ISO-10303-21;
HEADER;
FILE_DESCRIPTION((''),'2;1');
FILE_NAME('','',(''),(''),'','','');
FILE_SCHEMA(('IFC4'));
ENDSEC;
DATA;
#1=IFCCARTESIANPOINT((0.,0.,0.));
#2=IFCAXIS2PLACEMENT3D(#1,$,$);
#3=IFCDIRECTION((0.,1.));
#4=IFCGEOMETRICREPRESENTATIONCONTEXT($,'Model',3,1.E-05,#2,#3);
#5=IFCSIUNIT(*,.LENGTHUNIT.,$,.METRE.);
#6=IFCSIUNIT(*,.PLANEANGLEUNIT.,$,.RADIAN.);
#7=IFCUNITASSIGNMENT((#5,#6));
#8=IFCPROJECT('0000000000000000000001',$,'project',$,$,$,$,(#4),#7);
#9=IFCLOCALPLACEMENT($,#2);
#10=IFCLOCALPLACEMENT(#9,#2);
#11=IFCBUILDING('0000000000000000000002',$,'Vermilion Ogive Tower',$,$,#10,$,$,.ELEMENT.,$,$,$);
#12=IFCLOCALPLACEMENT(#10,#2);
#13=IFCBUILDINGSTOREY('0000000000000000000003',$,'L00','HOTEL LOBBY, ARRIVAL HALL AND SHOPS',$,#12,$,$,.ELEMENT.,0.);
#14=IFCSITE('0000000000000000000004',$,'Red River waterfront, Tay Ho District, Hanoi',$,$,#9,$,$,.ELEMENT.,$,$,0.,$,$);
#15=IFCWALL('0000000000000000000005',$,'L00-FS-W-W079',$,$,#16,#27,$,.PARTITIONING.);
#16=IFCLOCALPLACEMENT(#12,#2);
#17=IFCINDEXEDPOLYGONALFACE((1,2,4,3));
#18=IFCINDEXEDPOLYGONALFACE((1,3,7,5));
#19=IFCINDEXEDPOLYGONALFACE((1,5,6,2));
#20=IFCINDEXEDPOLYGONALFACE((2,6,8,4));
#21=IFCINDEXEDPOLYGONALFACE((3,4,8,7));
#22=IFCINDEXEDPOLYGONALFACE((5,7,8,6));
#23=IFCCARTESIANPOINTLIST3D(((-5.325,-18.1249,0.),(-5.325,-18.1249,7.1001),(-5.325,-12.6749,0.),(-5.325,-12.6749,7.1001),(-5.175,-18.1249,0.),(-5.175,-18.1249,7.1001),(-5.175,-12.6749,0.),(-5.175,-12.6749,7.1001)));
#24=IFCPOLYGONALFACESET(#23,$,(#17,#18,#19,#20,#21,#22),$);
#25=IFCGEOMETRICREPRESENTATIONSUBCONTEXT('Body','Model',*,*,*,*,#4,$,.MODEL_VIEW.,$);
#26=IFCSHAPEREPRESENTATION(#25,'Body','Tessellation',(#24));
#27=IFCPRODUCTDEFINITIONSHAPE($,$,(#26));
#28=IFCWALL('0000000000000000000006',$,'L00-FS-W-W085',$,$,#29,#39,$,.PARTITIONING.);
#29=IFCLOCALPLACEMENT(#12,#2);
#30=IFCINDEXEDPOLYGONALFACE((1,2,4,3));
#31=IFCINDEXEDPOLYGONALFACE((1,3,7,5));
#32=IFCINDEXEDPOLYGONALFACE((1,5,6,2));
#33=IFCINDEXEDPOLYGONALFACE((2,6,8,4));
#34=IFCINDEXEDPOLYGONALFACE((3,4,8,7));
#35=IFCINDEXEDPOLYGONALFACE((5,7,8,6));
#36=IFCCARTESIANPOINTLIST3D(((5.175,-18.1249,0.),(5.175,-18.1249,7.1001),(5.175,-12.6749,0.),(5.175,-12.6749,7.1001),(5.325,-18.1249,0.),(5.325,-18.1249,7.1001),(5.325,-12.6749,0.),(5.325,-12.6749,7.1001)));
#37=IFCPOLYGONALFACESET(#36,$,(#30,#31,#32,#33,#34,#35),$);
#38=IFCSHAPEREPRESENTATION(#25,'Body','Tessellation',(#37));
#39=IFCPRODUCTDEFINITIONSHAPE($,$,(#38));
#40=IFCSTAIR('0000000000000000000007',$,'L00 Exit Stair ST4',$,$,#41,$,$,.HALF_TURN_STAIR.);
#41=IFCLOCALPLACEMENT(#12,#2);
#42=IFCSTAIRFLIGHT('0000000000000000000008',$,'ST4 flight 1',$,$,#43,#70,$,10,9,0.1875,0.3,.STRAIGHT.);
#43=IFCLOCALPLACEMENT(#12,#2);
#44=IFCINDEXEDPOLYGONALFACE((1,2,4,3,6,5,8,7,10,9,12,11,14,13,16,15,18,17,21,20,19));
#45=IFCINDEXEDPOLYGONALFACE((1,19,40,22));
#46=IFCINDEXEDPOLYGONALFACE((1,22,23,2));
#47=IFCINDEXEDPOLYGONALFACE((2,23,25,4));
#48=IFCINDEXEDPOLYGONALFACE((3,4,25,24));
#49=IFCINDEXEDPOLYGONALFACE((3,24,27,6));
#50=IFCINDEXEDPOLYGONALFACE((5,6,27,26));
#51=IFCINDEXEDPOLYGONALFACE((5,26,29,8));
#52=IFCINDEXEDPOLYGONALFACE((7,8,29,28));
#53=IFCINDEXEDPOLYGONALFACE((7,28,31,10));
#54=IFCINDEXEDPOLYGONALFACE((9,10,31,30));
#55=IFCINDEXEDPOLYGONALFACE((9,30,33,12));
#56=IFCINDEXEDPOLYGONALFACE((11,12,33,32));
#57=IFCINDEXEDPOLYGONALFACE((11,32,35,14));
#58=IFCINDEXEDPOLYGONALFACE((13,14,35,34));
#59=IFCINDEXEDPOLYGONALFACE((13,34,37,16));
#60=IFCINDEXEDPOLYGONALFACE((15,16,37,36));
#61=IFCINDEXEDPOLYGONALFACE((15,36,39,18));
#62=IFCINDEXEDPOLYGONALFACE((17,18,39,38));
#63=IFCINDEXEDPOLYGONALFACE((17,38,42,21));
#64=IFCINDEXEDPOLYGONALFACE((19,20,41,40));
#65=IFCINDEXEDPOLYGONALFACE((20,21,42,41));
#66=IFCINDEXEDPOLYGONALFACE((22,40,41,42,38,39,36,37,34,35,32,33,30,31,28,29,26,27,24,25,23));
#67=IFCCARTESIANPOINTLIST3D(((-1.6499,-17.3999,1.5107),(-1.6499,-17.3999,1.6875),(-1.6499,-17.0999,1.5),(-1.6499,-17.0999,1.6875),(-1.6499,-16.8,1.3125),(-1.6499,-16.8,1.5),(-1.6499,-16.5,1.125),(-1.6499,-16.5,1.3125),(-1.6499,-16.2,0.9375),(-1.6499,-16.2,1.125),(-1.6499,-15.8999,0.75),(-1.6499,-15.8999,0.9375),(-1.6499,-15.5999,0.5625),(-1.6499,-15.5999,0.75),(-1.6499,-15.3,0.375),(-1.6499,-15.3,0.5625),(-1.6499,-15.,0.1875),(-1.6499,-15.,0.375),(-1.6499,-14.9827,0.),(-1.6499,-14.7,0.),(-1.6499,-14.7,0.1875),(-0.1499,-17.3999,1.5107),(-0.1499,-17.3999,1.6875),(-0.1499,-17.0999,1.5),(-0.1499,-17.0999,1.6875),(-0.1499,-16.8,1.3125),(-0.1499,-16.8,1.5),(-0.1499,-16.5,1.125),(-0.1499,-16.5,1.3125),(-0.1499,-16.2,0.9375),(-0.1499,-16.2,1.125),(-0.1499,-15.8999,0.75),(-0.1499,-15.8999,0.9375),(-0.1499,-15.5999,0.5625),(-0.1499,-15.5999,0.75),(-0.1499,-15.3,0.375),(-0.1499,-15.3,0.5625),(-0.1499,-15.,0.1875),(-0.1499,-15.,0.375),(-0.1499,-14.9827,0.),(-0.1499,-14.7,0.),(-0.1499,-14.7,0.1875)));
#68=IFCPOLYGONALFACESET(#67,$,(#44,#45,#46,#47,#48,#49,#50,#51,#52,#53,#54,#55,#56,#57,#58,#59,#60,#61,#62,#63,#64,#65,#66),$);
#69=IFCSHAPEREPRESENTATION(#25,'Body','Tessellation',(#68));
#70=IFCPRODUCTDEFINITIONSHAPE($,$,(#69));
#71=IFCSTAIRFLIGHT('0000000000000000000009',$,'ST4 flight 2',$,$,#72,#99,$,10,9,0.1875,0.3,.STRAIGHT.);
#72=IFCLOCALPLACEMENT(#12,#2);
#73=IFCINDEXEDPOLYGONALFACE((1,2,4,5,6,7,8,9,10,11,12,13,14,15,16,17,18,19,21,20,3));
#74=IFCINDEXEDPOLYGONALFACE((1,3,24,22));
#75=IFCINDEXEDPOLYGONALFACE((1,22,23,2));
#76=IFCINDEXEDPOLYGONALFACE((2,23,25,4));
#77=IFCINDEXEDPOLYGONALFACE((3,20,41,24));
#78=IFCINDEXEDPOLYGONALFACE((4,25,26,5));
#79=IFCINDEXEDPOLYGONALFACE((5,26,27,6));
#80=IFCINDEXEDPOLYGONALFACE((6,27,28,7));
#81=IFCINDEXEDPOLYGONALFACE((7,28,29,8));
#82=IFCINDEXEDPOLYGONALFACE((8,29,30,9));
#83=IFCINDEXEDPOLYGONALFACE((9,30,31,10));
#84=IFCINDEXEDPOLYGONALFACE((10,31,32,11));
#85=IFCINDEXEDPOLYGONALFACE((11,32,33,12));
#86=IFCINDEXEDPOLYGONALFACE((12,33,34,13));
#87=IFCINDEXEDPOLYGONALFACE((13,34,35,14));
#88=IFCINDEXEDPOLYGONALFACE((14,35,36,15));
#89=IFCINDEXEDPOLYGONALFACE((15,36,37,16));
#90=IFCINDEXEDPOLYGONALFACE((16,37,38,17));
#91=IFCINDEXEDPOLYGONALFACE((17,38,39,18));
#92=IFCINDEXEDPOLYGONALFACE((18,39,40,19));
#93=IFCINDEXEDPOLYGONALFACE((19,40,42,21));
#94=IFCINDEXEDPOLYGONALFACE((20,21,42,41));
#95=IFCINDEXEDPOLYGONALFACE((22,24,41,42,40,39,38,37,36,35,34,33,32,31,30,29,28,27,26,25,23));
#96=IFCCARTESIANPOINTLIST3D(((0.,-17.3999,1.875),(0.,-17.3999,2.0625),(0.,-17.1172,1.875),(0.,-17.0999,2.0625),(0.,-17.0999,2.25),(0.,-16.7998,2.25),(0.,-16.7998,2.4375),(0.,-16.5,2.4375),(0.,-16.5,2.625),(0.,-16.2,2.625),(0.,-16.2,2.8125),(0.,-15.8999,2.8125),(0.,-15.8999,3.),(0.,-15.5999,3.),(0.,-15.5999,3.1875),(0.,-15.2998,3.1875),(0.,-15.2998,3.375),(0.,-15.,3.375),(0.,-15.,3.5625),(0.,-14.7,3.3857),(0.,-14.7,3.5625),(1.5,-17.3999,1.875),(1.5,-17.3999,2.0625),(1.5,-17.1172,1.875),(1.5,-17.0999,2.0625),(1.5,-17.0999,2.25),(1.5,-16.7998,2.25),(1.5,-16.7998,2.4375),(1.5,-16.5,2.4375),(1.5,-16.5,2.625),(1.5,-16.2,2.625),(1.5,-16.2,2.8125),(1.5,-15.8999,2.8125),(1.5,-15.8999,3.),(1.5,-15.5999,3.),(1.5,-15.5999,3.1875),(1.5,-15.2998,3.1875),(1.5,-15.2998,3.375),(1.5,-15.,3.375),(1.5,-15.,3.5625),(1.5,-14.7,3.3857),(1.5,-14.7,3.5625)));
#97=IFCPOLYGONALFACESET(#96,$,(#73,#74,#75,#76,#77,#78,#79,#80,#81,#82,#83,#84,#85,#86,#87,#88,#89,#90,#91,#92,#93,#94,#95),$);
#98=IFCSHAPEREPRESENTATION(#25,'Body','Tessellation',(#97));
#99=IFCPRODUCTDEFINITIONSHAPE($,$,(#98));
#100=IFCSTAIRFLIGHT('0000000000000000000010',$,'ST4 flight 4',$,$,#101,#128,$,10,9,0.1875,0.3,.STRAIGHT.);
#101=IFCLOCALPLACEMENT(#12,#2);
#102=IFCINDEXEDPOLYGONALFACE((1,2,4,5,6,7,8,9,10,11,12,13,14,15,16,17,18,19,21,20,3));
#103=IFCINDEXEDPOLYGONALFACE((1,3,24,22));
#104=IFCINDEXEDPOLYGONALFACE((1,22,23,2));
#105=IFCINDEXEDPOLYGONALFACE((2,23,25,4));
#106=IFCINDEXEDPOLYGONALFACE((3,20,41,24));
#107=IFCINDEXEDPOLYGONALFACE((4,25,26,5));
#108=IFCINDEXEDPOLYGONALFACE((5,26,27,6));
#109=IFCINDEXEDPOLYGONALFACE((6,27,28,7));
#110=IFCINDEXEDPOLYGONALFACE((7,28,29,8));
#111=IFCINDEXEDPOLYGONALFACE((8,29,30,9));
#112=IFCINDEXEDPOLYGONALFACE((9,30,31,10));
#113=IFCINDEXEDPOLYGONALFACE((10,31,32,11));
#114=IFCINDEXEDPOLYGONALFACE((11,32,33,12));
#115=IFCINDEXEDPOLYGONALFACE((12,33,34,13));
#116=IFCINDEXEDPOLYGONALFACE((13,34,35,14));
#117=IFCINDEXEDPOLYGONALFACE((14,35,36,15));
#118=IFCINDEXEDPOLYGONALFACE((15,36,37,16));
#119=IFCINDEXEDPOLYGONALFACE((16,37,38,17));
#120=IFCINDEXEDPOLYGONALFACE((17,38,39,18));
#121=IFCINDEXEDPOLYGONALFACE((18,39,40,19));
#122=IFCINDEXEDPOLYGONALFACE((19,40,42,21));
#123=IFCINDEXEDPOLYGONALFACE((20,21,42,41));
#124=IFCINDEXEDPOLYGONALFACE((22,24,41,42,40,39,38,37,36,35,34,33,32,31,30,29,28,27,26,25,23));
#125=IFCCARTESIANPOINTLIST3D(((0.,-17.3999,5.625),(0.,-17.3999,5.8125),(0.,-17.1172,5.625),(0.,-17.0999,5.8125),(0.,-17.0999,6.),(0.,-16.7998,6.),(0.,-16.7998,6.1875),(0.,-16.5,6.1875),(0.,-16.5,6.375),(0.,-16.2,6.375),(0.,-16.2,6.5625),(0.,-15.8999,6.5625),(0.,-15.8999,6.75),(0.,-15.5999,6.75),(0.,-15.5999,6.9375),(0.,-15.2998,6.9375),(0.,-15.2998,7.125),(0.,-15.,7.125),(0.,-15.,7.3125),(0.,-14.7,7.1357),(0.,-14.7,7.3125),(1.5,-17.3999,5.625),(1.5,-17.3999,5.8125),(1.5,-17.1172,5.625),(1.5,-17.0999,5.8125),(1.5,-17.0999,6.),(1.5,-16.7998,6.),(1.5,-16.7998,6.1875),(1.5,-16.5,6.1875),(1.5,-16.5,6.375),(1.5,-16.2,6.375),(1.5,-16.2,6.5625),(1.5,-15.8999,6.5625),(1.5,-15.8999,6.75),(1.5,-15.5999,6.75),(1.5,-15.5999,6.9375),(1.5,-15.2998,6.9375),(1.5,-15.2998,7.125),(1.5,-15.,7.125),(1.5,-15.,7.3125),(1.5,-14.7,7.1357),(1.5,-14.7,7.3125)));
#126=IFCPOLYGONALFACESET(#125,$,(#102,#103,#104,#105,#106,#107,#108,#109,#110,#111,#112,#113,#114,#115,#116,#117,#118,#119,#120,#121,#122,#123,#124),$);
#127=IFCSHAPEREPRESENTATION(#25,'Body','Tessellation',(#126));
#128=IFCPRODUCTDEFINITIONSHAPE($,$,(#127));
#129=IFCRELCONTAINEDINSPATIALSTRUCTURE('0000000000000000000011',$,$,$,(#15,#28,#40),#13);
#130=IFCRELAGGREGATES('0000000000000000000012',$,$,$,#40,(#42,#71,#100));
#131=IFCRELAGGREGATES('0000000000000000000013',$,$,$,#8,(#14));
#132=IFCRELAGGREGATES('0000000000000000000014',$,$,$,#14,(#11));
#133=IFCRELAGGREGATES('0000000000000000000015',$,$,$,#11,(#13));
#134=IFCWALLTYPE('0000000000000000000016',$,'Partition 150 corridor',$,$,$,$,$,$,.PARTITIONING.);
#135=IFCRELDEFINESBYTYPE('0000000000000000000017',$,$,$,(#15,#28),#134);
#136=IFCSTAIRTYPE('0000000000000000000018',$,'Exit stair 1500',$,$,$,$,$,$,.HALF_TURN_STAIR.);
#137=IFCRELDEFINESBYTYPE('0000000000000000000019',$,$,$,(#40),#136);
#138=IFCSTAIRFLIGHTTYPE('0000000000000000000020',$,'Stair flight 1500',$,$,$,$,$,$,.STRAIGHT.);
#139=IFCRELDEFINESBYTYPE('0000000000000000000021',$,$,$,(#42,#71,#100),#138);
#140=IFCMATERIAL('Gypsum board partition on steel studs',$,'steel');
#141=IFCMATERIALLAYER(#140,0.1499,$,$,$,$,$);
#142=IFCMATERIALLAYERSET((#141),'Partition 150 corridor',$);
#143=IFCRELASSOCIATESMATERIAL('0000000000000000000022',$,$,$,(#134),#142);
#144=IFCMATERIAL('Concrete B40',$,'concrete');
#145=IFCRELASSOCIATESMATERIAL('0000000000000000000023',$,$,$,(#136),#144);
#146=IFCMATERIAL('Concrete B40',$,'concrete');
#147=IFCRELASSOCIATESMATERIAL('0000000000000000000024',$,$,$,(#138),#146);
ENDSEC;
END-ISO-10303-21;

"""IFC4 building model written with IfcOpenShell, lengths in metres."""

from ifc_helpers import new_model, si_unit, direction, frame, frame_2d, origin, place, context, subcontext, project, spatial, polyline, rectangle, outline, extrude, material, layer, layer_set, type_object, element, aggregate, save


model = new_model("IFC4")

# Units and contexts
model_context = context("Model", 3, precision=1e-05, world=origin(), true_north=direction((0.0, 1.0)))
body_context = subcontext(model_context, "Body", "Model", "MODEL_VIEW")
ifc_project = project(units=[si_unit("LENGTHUNIT", "METRE"), si_unit("PLANEANGLEUNIT", "RADIAN")], contexts=[model_context])

# Site, building, storey
site_placement = place(None, origin())
site = spatial("IfcSite", under=ifc_project, at=site_placement, Name="Red River waterfront, Tay Ho District, Hanoi", CompositionType="ELEMENT", RefElevation=0.0)
building_placement = place(site_placement, origin())
building = spatial("IfcBuilding", under=site, at=building_placement, Name="Vermilion Ogive Tower", CompositionType="ELEMENT")
storey_placement = place(building_placement, origin())
storey = spatial("IfcBuildingStorey", under=building, at=storey_placement, Name="L00", Description="HOTEL LOBBY, ARRIVAL HALL AND SHOPS", CompositionType="ELEMENT", Elevation=0.0)

# Walls
ifc_material_1 = material(Name="Gypsum board partition on steel studs", Category="steel")
ifc_layer = layer(ifc_material_1, 0.1499)
ifc_layer_set = layer_set([ifc_layer], Name="Partition 150 corridor")
wall_type = type_object("IfcWallType", Name="Partition 150 corridor", PredefinedType="PARTITIONING", material=ifc_layer_set)
for number, where, z_axis, x_axis, name in (
    (1, (-5.25, -18.125, 0.0), (0.0, 0.0, 1.0), (0.0, 1.0, 0.0), "L00-FS-W-W079"),
    (2, (5.25, -18.125, 0.0), (0.0, 0.0, 1.0), (0.0, 1.0, 0.0), "L00-FS-W-W085"),
):
    element("IfcWall", number, at=place(storey_placement, frame(where, z_axis=z_axis, x_axis=x_axis)), inside=storey, type_object=wall_type, Name=name, PredefinedType="PARTITIONING", context=body_context, shape_type="SweptSolid", body=[
        extrude(rectangle(XDim=5.45, YDim=0.1499, at=frame_2d((2.7251, 0.0))), origin(), (0.0, 0.0, 1.0), 7.1001),
    ])

# Stair, stair flights
ifc_material_2 = material(Name="Concrete B40", Category="concrete")
stair_type = type_object("IfcStairType", Name="Exit stair 1500", PredefinedType="HALF_TURN_STAIR", material=ifc_material_2)
stair_placement = place(storey_placement, origin())
stair = element("IfcStair", 3, at=stair_placement, inside=storey, type_object=stair_type, Name="L00 Exit Stair ST4", PredefinedType="HALF_TURN_STAIR")
ifc_material_3 = material(Name="Concrete B40", Category="concrete")
stair_flight_type = type_object("IfcStairFlightType", Name="Stair flight 1500", PredefinedType="STRAIGHT", material=ifc_material_3)
stair_flight_1_placement = place(storey_placement, frame((-0.8999, -14.7, 0.0), z_axis=(0.0, 0.0, 1.0), x_axis=(0.0, -1.0, 0.0)))
stair_flight_1 = element("IfcStairFlight", 4, at=stair_flight_1_placement, type_object=stair_flight_type, Name="ST4 flight 1", NumberOfRisers=10, NumberOfTreads=9, PredefinedType="STRAIGHT", RiserHeight=0.1875, TreadLength=0.3, context=body_context, shape_type="SweptSolid", body=[
    extrude(outline(polyline([(0.0, 0.0), (0.0, 0.1875), (0.3, 0.1875), (0.3, 0.375), (0.6001, 0.375), (0.6001, 0.5625), (0.8999, 0.5625), (0.8999, 0.75), (1.2, 0.75), (1.2, 0.9375), (1.5, 0.9375), (1.5, 1.125), (1.8, 1.125), (1.8, 1.3125), (2.1001, 1.3125), (2.1001, 1.5), (2.3999, 1.5), (2.3999, 1.6875), (2.7, 1.6875), (2.7, 1.875), (2.7, 1.5107), (0.2827, 0.0), (0.0, 0.0)])), frame((0.0, 0.75, 0.0), z_axis=(0.0, -1.0, 0.0), x_axis=(1.0, 0.0, 0.0)), (0.0, 0.0, 1.0), 1.5),
])
stair_flight_2_placement = place(storey_placement, frame((0.75, -17.3999, 1.875), z_axis=(0.0, 0.0, 1.0), x_axis=(0.0, 1.0, 0.0)))
stair_flight_2 = element("IfcStairFlight", 5, at=stair_flight_2_placement, type_object=stair_flight_type, Name="ST4 flight 2", NumberOfRisers=10, NumberOfTreads=9, PredefinedType="STRAIGHT", RiserHeight=0.1875, TreadLength=0.3, context=body_context, shape_type="SweptSolid", body=[
    extrude(outline(polyline([(0.0, 0.0), (0.0, 0.1875), (0.3, 0.1875), (0.3, 0.375), (0.6001, 0.375), (0.6001, 0.5625), (0.8999, 0.5625), (0.8999, 0.75), (1.2, 0.75), (1.2, 0.9375), (1.5, 0.9375), (1.5, 1.125), (1.8, 1.125), (1.8, 1.3125), (2.1001, 1.3125), (2.1001, 1.5), (2.3999, 1.5), (2.3999, 1.6875), (2.7, 1.6875), (2.7, 1.875), (2.7, 1.5107), (0.2827, 0.0), (0.0, 0.0)])), frame((0.0, 0.75, 0.0), z_axis=(0.0, -1.0, 0.0), x_axis=(1.0, 0.0, 0.0)), (0.0, 0.0, 1.0), 1.5),
])
stair_flight_3_placement = place(storey_placement, frame((0.75, -17.3999, 5.625), z_axis=(0.0, 0.0, 1.0), x_axis=(0.0, 1.0, 0.0)))
stair_flight_3 = element("IfcStairFlight", 6, at=stair_flight_3_placement, type_object=stair_flight_type, Name="ST4 flight 4", NumberOfRisers=10, NumberOfTreads=9, PredefinedType="STRAIGHT", RiserHeight=0.1875, TreadLength=0.3, context=body_context, shape_type="SweptSolid", body=[
    extrude(outline(polyline([(0.0, 0.0), (0.0, 0.1875), (0.3, 0.1875), (0.3, 0.375), (0.6001, 0.375), (0.6001, 0.5625), (0.8999, 0.5625), (0.8999, 0.75), (1.2, 0.75), (1.2, 0.9375), (1.5, 0.9375), (1.5, 1.125), (1.8, 1.125), (1.8, 1.3125), (2.1001, 1.3125), (2.1001, 1.5), (2.3999, 1.5), (2.3999, 1.6875), (2.7, 1.6875), (2.7, 1.875), (2.7, 1.5107), (0.2827, 0.0), (0.0, 0.0)])), frame((0.0, 0.75, 0.0), z_axis=(0.0, -1.0, 0.0), x_axis=(1.0, 0.0, 0.0)), (0.0, 0.0, 1.0), 1.5),
])
aggregate(stair, [stair_flight_1, stair_flight_2, stair_flight_3])

save(model, "model.ifc")
